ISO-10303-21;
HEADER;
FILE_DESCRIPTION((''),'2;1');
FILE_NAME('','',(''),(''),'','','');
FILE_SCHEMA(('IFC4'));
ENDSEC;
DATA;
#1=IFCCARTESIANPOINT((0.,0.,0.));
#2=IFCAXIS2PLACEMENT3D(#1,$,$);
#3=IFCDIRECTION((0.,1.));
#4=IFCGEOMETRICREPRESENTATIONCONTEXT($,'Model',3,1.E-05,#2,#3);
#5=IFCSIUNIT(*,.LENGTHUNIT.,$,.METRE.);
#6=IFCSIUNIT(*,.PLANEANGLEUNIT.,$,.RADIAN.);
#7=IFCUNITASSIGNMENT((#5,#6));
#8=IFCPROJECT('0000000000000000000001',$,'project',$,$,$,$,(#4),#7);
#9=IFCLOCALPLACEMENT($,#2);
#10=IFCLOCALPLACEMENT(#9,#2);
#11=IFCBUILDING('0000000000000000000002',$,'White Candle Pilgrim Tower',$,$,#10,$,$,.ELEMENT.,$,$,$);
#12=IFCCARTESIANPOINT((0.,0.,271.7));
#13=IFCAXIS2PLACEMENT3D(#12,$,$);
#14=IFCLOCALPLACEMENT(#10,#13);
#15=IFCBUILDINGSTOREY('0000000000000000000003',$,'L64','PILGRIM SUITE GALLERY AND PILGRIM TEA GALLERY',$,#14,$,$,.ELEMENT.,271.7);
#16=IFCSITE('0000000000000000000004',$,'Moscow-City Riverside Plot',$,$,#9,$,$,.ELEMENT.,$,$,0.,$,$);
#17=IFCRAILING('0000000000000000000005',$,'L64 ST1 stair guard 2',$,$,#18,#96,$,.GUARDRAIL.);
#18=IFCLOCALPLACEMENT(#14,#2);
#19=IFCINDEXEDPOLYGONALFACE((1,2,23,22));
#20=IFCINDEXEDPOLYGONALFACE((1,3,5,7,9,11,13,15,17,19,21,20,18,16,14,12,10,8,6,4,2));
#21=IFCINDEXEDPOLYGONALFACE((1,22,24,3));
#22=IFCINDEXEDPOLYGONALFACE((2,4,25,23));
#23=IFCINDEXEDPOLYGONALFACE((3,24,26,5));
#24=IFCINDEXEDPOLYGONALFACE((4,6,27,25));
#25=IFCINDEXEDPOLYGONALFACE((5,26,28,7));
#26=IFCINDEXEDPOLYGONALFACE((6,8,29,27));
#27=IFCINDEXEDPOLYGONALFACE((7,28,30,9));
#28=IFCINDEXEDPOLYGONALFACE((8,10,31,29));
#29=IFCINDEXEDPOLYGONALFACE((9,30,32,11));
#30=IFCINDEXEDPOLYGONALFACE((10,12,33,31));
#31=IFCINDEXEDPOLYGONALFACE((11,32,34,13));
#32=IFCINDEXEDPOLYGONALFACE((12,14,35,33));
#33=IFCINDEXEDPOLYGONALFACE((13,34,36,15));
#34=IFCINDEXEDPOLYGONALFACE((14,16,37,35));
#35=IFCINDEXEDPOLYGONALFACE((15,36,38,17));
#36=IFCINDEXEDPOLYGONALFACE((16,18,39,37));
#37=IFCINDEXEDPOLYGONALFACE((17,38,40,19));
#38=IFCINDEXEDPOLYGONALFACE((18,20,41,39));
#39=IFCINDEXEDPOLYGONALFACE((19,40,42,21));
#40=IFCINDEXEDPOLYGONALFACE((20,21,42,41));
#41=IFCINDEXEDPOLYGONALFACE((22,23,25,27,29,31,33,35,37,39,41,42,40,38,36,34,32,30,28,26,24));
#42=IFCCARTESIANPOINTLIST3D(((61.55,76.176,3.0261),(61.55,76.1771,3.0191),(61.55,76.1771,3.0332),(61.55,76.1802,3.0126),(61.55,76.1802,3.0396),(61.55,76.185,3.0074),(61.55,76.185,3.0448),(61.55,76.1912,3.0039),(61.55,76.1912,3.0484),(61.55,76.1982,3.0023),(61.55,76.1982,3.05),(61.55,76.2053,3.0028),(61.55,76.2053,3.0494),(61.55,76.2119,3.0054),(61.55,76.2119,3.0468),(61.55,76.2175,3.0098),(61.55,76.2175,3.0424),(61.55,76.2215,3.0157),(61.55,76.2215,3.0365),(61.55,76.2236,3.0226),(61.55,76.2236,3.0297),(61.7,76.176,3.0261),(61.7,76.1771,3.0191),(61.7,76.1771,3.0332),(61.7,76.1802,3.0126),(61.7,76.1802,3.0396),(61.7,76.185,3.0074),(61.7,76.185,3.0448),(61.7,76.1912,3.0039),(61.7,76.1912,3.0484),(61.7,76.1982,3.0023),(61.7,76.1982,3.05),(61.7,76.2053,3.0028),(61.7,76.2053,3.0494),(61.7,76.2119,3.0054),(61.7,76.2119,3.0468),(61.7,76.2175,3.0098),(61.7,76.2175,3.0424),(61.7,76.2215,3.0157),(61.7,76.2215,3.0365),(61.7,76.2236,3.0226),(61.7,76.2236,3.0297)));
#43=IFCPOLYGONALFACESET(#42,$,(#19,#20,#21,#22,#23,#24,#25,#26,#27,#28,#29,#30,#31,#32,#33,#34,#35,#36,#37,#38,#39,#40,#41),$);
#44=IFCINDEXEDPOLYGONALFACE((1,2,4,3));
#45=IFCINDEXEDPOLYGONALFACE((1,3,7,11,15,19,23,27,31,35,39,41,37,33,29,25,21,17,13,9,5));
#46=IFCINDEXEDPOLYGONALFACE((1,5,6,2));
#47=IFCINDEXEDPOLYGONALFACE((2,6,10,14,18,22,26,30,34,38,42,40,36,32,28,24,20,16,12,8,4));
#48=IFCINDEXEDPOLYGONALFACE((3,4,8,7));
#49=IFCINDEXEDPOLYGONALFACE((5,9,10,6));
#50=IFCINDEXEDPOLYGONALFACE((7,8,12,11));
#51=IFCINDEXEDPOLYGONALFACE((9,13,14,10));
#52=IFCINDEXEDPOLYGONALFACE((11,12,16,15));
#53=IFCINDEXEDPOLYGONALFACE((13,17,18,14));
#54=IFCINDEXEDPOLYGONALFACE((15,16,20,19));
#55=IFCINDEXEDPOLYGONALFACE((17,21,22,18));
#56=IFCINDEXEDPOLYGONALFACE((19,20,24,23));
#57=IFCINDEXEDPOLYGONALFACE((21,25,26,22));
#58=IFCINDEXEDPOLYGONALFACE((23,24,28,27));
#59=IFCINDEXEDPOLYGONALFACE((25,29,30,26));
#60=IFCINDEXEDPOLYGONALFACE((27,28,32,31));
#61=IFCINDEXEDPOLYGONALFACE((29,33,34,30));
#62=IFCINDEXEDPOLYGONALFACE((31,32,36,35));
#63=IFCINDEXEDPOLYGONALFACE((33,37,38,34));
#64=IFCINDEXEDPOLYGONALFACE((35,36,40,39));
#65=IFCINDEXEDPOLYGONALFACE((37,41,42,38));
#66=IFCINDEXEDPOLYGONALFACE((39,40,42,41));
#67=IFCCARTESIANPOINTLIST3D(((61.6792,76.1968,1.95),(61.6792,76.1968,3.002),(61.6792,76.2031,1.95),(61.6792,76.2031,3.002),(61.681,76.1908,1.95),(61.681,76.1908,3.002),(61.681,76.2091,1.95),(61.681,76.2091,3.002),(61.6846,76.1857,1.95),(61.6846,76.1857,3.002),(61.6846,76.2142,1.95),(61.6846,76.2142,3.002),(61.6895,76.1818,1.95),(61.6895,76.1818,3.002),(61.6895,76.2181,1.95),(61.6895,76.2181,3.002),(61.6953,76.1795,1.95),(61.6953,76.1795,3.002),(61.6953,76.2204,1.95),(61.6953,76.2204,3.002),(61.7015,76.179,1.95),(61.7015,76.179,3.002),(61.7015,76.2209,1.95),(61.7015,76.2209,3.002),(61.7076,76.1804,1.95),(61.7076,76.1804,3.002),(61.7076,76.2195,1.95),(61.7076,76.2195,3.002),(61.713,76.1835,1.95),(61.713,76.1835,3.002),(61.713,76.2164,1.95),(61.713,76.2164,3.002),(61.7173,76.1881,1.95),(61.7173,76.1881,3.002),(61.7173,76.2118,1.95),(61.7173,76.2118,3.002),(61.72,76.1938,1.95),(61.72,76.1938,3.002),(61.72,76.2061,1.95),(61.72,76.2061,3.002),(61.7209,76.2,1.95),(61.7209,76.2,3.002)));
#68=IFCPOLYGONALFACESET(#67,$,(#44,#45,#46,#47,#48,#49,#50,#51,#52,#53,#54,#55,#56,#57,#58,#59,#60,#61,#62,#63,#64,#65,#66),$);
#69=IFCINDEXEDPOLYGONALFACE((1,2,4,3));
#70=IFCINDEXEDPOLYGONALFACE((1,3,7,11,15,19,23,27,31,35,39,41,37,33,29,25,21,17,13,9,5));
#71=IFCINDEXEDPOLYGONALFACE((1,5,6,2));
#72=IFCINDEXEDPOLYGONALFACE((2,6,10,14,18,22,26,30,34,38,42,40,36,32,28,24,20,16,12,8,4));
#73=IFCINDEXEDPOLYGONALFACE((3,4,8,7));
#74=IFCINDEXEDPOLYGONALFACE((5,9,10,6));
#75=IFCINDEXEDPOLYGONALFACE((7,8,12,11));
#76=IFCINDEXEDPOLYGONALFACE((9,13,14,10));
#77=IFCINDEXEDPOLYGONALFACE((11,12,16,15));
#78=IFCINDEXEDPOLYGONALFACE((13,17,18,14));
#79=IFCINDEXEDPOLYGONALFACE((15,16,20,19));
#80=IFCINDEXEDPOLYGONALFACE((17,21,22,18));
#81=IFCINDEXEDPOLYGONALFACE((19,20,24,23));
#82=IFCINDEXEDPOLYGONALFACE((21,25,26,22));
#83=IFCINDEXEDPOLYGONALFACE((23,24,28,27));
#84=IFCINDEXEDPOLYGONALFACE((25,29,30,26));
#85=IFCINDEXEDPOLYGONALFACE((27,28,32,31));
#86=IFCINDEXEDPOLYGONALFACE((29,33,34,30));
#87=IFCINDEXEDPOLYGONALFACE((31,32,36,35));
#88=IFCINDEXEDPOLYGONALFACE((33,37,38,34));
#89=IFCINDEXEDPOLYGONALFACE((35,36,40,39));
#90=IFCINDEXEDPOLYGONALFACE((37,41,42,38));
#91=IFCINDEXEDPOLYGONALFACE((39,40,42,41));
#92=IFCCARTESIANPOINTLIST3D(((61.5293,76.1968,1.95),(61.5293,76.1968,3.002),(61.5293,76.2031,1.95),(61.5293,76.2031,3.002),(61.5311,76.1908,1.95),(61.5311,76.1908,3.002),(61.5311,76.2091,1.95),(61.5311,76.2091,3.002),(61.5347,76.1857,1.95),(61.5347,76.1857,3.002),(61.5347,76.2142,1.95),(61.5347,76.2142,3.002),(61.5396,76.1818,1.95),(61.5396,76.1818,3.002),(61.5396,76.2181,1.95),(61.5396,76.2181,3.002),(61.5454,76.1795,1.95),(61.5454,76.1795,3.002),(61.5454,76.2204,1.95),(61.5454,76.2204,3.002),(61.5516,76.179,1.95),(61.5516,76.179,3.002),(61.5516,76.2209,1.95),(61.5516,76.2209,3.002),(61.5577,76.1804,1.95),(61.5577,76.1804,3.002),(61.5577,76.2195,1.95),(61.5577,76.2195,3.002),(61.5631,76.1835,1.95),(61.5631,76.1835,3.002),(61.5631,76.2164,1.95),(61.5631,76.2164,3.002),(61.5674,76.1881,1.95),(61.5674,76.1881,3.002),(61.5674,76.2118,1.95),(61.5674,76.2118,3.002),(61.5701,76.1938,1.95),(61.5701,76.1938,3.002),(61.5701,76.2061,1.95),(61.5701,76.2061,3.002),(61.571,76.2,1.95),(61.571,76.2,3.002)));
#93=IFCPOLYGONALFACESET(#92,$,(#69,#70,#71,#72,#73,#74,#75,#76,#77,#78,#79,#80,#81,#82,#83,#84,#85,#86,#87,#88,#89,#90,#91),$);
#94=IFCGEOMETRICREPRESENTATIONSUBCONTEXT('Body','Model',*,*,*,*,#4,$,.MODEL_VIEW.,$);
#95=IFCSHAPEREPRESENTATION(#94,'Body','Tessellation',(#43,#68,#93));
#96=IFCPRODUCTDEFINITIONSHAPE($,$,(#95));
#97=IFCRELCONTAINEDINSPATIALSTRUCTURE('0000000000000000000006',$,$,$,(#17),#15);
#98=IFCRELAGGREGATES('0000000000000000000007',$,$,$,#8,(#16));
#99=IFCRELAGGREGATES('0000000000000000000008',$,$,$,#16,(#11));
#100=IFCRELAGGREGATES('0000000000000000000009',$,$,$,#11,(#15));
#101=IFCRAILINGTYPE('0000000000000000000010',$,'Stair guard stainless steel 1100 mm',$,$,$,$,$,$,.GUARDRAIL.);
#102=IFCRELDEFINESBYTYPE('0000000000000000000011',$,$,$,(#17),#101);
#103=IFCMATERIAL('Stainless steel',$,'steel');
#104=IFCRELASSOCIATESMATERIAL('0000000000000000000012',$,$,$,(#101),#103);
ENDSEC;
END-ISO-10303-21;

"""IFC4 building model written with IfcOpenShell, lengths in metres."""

from ifc_helpers import new_model, si_unit, direction, frame, origin, origin_2d, place, context, subcontext, project, spatial, circle, extrude, material, type_object, element, save


model = new_model("IFC4")

# Units and contexts
model_context = context("Model", 3, precision=1e-05, world=origin(), true_north=direction((0.0, 1.0)))
body_context = subcontext(model_context, "Body", "Model", "MODEL_VIEW")
ifc_project = project(units=[si_unit("LENGTHUNIT", "METRE"), si_unit("PLANEANGLEUNIT", "RADIAN")], contexts=[model_context])

# Site, building, storey
site_placement = place(None, origin())
site = spatial("IfcSite", under=ifc_project, at=site_placement, Name="Moscow-City Riverside Plot", CompositionType="ELEMENT", RefElevation=0.0)
building_placement = place(site_placement, origin())
building = spatial("IfcBuilding", under=site, at=building_placement, Name="White Candle Pilgrim Tower", CompositionType="ELEMENT")
storey_placement = place(building_placement, frame((0.0, 0.0, 271.7)))
storey = spatial("IfcBuildingStorey", under=building, at=storey_placement, Name="L64", Description="PILGRIM SUITE GALLERY AND PILGRIM TEA GALLERY", CompositionType="ELEMENT", Elevation=271.7)

# Shared definitions
ifc_material_1 = material(Name="Stainless steel", Category="steel")

# Railing
railing_type_1 = type_object("IfcRailingType", Name="Stair guard stainless steel 1100 mm", PredefinedType="GUARDRAIL", material=ifc_material_1)
railing_1_placement = place(storey_placement, frame((61.7, 76.2, 1.95)))
element("IfcRailing", 1, at=railing_1_placement, inside=storey, type_object=railing_type_1, Name="L64 ST1 stair guard 2", PredefinedType="GUARDRAIL", context=body_context, shape_type="SweptSolid", body=[
    extrude(circle(Radius=0.0239, at=origin_2d()), frame((0.0, 0.0, 1.0762), z_axis=(-1.0, 0.0, 0.0), x_axis=(0.0, -1.0, 0.0)), (0.0, 0.0, 1.0), 0.1499),
    extrude(circle(Radius=0.021, at=origin_2d()), origin(), (0.0, 0.0, 1.0), 1.052),
    extrude(circle(Radius=0.021, at=origin_2d()), frame((-0.1499, 0.0, 0.0)), (0.0, 0.0, 1.0), 1.052),
])

save(model, "model.ifc")
